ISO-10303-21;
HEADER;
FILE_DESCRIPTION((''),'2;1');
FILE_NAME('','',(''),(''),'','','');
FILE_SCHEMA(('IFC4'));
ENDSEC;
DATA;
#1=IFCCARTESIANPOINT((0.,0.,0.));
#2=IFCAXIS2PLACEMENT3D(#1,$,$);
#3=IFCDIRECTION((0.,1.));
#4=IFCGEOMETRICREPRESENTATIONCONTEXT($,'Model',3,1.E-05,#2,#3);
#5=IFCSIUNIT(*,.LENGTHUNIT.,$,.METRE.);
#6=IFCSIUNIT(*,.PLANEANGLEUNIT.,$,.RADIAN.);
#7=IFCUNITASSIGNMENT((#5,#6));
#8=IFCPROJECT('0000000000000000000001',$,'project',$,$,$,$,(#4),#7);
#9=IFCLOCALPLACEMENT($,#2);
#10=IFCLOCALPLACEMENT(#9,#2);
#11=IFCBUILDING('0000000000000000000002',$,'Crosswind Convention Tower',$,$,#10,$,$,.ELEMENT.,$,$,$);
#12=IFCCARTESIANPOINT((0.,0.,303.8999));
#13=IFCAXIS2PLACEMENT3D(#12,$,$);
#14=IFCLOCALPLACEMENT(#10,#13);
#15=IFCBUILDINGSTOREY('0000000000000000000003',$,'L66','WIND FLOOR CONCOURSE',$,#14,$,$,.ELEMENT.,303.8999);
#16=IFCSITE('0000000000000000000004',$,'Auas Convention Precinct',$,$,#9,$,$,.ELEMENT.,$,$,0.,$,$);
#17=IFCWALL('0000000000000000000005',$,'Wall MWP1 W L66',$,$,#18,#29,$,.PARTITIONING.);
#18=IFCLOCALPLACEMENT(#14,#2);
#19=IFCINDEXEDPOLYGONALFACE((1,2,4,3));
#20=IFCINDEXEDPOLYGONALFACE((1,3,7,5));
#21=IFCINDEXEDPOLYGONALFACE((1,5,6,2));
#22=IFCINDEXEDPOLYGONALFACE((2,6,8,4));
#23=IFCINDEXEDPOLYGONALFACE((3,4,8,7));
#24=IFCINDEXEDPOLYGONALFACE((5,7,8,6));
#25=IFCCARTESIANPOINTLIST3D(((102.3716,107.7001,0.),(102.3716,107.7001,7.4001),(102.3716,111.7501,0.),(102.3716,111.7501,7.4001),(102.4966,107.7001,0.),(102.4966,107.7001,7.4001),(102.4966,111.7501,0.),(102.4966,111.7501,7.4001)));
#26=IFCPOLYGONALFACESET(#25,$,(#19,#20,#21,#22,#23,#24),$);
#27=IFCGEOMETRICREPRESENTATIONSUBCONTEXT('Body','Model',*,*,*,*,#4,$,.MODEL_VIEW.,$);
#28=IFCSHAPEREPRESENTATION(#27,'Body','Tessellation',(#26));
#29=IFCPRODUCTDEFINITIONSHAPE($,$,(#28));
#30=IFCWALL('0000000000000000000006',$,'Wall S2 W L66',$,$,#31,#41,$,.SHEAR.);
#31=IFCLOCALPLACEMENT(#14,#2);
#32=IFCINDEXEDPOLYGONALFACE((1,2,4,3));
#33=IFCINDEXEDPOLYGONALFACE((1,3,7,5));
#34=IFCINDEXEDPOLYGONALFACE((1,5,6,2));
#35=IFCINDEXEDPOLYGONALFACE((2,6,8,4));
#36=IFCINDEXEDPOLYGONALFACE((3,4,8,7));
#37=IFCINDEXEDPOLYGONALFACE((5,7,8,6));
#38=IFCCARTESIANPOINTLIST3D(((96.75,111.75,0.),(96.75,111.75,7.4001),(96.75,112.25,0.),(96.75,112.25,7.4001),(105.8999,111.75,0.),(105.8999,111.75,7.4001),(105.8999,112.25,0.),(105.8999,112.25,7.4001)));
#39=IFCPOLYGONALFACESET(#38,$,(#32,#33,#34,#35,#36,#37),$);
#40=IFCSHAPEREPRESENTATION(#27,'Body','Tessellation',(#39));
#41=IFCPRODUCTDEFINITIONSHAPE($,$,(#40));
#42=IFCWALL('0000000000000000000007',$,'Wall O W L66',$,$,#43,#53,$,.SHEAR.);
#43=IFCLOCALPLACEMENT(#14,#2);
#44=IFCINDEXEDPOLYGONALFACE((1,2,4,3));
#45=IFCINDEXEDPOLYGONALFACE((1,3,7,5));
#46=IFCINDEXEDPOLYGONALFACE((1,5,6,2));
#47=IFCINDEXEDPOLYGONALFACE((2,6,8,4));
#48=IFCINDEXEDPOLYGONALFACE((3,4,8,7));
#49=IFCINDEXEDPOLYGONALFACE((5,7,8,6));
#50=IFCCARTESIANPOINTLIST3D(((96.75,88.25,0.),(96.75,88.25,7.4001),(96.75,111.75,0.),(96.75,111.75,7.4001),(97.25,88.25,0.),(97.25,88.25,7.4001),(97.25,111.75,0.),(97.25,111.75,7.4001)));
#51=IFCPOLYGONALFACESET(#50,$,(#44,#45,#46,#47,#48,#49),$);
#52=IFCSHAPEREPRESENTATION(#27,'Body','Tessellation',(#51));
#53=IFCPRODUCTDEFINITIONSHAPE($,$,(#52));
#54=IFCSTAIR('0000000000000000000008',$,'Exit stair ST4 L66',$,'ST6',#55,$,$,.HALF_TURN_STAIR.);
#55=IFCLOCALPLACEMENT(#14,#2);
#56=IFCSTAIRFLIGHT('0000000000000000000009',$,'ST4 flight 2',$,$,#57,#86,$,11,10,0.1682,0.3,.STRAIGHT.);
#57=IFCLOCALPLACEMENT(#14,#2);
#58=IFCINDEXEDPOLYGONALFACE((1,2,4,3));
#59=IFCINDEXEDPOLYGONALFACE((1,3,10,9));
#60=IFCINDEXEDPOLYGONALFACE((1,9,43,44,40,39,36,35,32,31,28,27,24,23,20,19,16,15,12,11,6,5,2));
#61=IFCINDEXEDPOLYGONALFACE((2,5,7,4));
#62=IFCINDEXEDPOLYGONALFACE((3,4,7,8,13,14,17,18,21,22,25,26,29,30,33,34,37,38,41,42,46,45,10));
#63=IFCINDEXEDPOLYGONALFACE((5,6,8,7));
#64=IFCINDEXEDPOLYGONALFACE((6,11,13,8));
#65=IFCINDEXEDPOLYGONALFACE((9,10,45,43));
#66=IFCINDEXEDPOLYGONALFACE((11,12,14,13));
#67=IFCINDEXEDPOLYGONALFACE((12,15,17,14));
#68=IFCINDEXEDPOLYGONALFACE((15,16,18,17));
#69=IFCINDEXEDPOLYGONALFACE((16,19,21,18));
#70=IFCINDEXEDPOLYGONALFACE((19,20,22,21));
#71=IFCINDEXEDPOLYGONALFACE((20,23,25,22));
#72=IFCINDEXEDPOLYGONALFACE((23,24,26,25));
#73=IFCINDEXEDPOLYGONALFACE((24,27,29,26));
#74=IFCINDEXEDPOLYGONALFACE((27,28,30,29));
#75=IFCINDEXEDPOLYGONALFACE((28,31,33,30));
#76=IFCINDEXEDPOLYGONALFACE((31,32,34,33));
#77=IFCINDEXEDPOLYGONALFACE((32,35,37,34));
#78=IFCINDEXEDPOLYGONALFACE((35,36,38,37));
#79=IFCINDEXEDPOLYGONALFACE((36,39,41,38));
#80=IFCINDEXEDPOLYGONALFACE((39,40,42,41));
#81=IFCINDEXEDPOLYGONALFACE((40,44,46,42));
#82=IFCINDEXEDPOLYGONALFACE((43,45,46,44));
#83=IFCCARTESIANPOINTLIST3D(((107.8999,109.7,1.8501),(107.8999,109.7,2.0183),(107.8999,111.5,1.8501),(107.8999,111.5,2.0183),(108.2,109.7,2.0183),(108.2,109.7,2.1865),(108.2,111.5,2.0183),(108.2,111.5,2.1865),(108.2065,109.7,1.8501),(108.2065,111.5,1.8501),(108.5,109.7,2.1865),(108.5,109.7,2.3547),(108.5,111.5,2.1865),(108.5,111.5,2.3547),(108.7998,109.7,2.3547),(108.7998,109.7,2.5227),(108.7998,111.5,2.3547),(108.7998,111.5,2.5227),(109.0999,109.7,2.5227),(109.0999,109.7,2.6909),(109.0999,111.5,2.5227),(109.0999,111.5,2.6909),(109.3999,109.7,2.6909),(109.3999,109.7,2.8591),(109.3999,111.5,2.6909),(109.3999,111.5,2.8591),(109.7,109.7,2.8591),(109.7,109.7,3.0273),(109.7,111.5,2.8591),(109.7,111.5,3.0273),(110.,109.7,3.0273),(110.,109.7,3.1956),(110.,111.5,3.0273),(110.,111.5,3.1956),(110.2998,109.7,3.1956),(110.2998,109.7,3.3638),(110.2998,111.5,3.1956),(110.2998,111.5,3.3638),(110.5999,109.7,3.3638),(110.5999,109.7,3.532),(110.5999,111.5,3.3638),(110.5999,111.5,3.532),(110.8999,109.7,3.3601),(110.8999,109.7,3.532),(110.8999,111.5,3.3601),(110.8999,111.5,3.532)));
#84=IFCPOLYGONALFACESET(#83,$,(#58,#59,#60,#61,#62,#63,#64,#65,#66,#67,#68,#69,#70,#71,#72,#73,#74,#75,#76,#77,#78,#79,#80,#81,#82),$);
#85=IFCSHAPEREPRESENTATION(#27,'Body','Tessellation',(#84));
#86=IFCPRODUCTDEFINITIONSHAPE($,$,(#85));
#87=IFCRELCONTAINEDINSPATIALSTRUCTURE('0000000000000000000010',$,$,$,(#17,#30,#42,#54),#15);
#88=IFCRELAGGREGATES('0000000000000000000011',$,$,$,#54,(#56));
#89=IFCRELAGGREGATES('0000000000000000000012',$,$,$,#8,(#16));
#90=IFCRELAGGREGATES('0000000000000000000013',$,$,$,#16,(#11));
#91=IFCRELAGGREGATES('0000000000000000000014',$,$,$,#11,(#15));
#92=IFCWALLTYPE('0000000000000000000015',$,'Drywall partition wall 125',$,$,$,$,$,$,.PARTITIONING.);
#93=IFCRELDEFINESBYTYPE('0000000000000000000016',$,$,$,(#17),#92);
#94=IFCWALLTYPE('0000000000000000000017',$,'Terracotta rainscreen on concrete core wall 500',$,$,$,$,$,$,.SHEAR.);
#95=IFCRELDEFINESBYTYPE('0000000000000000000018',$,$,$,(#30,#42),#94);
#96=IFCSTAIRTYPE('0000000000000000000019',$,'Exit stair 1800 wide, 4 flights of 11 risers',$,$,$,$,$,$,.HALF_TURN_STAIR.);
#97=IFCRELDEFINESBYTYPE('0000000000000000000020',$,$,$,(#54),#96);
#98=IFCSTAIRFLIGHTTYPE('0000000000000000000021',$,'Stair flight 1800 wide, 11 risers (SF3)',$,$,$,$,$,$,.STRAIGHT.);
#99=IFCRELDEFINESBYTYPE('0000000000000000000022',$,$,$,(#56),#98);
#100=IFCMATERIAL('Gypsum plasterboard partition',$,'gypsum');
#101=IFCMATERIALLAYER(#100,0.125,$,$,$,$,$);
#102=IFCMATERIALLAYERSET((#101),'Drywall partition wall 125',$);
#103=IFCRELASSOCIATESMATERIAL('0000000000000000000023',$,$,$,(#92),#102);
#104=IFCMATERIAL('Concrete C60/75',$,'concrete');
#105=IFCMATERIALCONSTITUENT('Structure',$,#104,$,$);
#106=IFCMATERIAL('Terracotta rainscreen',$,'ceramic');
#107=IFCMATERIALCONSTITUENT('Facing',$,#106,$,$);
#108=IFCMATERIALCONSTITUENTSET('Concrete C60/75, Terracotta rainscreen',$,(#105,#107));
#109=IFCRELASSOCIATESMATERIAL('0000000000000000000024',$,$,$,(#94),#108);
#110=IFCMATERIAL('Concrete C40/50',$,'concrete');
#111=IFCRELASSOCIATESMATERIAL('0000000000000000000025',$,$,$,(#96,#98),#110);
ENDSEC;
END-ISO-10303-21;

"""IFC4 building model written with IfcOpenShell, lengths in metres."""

from ifc_helpers import new_model, si_unit, direction, frame, frame_2d, origin, place, context, subcontext, project, spatial, polyline, rectangle, outline, extrude, material, layer, layer_set, constituent, constituent_set, type_object, element, aggregate, save


model = new_model("IFC4")

# Units and contexts
model_context = context("Model", 3, precision=1e-05, world=origin(), true_north=direction((0.0, 1.0)))
body_context = subcontext(model_context, "Body", "Model", "MODEL_VIEW")
ifc_project = project(units=[si_unit("LENGTHUNIT", "METRE"), si_unit("PLANEANGLEUNIT", "RADIAN")], contexts=[model_context])

# Site, building, storey
site_placement = place(None, origin())
site = spatial("IfcSite", under=ifc_project, at=site_placement, Name="Auas Convention Precinct", CompositionType="ELEMENT", RefElevation=0.0)
building_placement = place(site_placement, origin())
building = spatial("IfcBuilding", under=site, at=building_placement, Name="Crosswind Convention Tower", CompositionType="ELEMENT")
storey_placement = place(building_placement, frame((0.0, 0.0, 303.8999)))
storey = spatial("IfcBuildingStorey", under=building, at=storey_placement, Name="L66", Description="WIND FLOOR CONCOURSE", CompositionType="ELEMENT", Elevation=303.8999)

# Walls
ifc_material_1 = material(Name="Gypsum plasterboard partition", Category="gypsum")
ifc_layer_1 = layer(ifc_material_1, 0.125)
ifc_layer_set_1 = layer_set([ifc_layer_1], Name="Drywall partition wall 125")
wall_type_1 = type_object("IfcWallType", Name="Drywall partition wall 125", PredefinedType="PARTITIONING", material=ifc_layer_set_1)
wall_1_placement = place(storey_placement, frame((102.4341, 111.75, 0.0), z_axis=(0.0, 0.0, 1.0), x_axis=(0.0, -1.0, 0.0)))
element("IfcWall", 1, at=wall_1_placement, inside=storey, type_object=wall_type_1, Name="Wall MWP1 W L66", PredefinedType="PARTITIONING", context=body_context, shape_type="SweptSolid", body=[
    extrude(rectangle(XDim=4.05, YDim=0.125, at=frame_2d((2.0249, 0.0))), origin(), (0.0, 0.0, 1.0), 7.4001),
])
ifc_material_2 = material(Name="Concrete C60/75", Category="concrete")
ifc_constituent_1 = constituent(ifc_material_2, Name="Structure")
ifc_material_3 = material(Name="Terracotta rainscreen", Category="ceramic")
ifc_constituent_2 = constituent(ifc_material_3, Name="Facing")
ifc_constituent_set = constituent_set(constituents=[ifc_constituent_1, ifc_constituent_2], Name="Concrete C60/75, Terracotta rainscreen")
wall_type_2 = type_object("IfcWallType", Name="Terracotta rainscreen on concrete core wall 500", PredefinedType="SHEAR", material=ifc_constituent_set)
wall_2_placement = place(storey_placement, frame((105.8999, 112.0, 0.0), z_axis=(0.0, 0.0, 1.0), x_axis=(-1.0, 0.0, 0.0)))
element("IfcWall", 2, at=wall_2_placement, inside=storey, type_object=wall_type_2, Name="Wall S2 W L66", PredefinedType="SHEAR", context=body_context, shape_type="SweptSolid", body=[
    extrude(rectangle(XDim=9.1499, YDim=0.5, at=frame_2d((4.575, 0.0))), origin(), (0.0, 0.0, 1.0), 7.4001),
])
wall_3_placement = place(storey_placement, frame((97.0, 111.75, 0.0), z_axis=(0.0, 0.0, 1.0), x_axis=(0.0, -1.0, 0.0)))
element("IfcWall", 3, at=wall_3_placement, inside=storey, type_object=wall_type_2, Name="Wall O W L66", PredefinedType="SHEAR", context=body_context, shape_type="SweptSolid", body=[
    extrude(rectangle(XDim=23.5, YDim=0.5, at=frame_2d((11.75, 0.0))), origin(), (0.0, 0.0, 1.0), 7.4001),
])

# Stair, stair flight
ifc_material_4 = material(Name="Concrete C40/50", Category="concrete")
stair_type = type_object("IfcStairType", Name="Exit stair 1800 wide, 4 flights of 11 risers", PredefinedType="HALF_TURN_STAIR", material=ifc_material_4)
stair_placement = place(storey_placement, origin())
stair = element("IfcStair", 4, at=stair_placement, inside=storey, type_object=stair_type, Name="Exit stair ST4 L66", ObjectType="ST6", PredefinedType="HALF_TURN_STAIR")
stair_flight_type = type_object("IfcStairFlightType", Name="Stair flight 1800 wide, 11 risers (SF3)", PredefinedType="STRAIGHT", material=ifc_material_4)
stair_flight_placement = place(storey_placement, frame((107.8999, 110.6001, 1.8501), z_axis=(0.0, 0.0, 1.0), x_axis=(1.0, 0.0, 0.0)))
stair_flight = element("IfcStairFlight", 5, at=stair_flight_placement, type_object=stair_flight_type, Name="ST4 flight 2", NumberOfRisers=11, NumberOfTreads=10, PredefinedType="STRAIGHT", RiserHeight=0.1682, TreadLength=0.3, context=body_context, shape_type="SweptSolid", body=[
    extrude(outline(polyline([(0.0, 0.0), (0.0, 0.1682), (0.3, 0.1682), (0.3, 0.3364), (0.6001, 0.3364), (0.6001, 0.5046), (0.8999, 0.5046), (0.8999, 0.6726), (1.2, 0.6726), (1.2, 0.8408), (1.5, 0.8408), (1.5, 1.009), (1.8, 1.009), (1.8, 1.1772), (2.1001, 1.1772), (2.1001, 1.3455), (2.3999, 1.3455), (2.3999, 1.5137), (2.7, 1.5137), (2.7, 1.6819), (3.0, 1.6819), (3.0, 1.8501), (3.0, 1.51), (0.3066, 0.0), (0.0, 0.0)])), frame((0.0, 0.8999, 0.0), z_axis=(0.0, -1.0, 0.0), x_axis=(1.0, 0.0, 0.0)), (0.0, 0.0, 1.0), 1.8),
])
aggregate(stair, [stair_flight])

save(model, "model.ifc")
